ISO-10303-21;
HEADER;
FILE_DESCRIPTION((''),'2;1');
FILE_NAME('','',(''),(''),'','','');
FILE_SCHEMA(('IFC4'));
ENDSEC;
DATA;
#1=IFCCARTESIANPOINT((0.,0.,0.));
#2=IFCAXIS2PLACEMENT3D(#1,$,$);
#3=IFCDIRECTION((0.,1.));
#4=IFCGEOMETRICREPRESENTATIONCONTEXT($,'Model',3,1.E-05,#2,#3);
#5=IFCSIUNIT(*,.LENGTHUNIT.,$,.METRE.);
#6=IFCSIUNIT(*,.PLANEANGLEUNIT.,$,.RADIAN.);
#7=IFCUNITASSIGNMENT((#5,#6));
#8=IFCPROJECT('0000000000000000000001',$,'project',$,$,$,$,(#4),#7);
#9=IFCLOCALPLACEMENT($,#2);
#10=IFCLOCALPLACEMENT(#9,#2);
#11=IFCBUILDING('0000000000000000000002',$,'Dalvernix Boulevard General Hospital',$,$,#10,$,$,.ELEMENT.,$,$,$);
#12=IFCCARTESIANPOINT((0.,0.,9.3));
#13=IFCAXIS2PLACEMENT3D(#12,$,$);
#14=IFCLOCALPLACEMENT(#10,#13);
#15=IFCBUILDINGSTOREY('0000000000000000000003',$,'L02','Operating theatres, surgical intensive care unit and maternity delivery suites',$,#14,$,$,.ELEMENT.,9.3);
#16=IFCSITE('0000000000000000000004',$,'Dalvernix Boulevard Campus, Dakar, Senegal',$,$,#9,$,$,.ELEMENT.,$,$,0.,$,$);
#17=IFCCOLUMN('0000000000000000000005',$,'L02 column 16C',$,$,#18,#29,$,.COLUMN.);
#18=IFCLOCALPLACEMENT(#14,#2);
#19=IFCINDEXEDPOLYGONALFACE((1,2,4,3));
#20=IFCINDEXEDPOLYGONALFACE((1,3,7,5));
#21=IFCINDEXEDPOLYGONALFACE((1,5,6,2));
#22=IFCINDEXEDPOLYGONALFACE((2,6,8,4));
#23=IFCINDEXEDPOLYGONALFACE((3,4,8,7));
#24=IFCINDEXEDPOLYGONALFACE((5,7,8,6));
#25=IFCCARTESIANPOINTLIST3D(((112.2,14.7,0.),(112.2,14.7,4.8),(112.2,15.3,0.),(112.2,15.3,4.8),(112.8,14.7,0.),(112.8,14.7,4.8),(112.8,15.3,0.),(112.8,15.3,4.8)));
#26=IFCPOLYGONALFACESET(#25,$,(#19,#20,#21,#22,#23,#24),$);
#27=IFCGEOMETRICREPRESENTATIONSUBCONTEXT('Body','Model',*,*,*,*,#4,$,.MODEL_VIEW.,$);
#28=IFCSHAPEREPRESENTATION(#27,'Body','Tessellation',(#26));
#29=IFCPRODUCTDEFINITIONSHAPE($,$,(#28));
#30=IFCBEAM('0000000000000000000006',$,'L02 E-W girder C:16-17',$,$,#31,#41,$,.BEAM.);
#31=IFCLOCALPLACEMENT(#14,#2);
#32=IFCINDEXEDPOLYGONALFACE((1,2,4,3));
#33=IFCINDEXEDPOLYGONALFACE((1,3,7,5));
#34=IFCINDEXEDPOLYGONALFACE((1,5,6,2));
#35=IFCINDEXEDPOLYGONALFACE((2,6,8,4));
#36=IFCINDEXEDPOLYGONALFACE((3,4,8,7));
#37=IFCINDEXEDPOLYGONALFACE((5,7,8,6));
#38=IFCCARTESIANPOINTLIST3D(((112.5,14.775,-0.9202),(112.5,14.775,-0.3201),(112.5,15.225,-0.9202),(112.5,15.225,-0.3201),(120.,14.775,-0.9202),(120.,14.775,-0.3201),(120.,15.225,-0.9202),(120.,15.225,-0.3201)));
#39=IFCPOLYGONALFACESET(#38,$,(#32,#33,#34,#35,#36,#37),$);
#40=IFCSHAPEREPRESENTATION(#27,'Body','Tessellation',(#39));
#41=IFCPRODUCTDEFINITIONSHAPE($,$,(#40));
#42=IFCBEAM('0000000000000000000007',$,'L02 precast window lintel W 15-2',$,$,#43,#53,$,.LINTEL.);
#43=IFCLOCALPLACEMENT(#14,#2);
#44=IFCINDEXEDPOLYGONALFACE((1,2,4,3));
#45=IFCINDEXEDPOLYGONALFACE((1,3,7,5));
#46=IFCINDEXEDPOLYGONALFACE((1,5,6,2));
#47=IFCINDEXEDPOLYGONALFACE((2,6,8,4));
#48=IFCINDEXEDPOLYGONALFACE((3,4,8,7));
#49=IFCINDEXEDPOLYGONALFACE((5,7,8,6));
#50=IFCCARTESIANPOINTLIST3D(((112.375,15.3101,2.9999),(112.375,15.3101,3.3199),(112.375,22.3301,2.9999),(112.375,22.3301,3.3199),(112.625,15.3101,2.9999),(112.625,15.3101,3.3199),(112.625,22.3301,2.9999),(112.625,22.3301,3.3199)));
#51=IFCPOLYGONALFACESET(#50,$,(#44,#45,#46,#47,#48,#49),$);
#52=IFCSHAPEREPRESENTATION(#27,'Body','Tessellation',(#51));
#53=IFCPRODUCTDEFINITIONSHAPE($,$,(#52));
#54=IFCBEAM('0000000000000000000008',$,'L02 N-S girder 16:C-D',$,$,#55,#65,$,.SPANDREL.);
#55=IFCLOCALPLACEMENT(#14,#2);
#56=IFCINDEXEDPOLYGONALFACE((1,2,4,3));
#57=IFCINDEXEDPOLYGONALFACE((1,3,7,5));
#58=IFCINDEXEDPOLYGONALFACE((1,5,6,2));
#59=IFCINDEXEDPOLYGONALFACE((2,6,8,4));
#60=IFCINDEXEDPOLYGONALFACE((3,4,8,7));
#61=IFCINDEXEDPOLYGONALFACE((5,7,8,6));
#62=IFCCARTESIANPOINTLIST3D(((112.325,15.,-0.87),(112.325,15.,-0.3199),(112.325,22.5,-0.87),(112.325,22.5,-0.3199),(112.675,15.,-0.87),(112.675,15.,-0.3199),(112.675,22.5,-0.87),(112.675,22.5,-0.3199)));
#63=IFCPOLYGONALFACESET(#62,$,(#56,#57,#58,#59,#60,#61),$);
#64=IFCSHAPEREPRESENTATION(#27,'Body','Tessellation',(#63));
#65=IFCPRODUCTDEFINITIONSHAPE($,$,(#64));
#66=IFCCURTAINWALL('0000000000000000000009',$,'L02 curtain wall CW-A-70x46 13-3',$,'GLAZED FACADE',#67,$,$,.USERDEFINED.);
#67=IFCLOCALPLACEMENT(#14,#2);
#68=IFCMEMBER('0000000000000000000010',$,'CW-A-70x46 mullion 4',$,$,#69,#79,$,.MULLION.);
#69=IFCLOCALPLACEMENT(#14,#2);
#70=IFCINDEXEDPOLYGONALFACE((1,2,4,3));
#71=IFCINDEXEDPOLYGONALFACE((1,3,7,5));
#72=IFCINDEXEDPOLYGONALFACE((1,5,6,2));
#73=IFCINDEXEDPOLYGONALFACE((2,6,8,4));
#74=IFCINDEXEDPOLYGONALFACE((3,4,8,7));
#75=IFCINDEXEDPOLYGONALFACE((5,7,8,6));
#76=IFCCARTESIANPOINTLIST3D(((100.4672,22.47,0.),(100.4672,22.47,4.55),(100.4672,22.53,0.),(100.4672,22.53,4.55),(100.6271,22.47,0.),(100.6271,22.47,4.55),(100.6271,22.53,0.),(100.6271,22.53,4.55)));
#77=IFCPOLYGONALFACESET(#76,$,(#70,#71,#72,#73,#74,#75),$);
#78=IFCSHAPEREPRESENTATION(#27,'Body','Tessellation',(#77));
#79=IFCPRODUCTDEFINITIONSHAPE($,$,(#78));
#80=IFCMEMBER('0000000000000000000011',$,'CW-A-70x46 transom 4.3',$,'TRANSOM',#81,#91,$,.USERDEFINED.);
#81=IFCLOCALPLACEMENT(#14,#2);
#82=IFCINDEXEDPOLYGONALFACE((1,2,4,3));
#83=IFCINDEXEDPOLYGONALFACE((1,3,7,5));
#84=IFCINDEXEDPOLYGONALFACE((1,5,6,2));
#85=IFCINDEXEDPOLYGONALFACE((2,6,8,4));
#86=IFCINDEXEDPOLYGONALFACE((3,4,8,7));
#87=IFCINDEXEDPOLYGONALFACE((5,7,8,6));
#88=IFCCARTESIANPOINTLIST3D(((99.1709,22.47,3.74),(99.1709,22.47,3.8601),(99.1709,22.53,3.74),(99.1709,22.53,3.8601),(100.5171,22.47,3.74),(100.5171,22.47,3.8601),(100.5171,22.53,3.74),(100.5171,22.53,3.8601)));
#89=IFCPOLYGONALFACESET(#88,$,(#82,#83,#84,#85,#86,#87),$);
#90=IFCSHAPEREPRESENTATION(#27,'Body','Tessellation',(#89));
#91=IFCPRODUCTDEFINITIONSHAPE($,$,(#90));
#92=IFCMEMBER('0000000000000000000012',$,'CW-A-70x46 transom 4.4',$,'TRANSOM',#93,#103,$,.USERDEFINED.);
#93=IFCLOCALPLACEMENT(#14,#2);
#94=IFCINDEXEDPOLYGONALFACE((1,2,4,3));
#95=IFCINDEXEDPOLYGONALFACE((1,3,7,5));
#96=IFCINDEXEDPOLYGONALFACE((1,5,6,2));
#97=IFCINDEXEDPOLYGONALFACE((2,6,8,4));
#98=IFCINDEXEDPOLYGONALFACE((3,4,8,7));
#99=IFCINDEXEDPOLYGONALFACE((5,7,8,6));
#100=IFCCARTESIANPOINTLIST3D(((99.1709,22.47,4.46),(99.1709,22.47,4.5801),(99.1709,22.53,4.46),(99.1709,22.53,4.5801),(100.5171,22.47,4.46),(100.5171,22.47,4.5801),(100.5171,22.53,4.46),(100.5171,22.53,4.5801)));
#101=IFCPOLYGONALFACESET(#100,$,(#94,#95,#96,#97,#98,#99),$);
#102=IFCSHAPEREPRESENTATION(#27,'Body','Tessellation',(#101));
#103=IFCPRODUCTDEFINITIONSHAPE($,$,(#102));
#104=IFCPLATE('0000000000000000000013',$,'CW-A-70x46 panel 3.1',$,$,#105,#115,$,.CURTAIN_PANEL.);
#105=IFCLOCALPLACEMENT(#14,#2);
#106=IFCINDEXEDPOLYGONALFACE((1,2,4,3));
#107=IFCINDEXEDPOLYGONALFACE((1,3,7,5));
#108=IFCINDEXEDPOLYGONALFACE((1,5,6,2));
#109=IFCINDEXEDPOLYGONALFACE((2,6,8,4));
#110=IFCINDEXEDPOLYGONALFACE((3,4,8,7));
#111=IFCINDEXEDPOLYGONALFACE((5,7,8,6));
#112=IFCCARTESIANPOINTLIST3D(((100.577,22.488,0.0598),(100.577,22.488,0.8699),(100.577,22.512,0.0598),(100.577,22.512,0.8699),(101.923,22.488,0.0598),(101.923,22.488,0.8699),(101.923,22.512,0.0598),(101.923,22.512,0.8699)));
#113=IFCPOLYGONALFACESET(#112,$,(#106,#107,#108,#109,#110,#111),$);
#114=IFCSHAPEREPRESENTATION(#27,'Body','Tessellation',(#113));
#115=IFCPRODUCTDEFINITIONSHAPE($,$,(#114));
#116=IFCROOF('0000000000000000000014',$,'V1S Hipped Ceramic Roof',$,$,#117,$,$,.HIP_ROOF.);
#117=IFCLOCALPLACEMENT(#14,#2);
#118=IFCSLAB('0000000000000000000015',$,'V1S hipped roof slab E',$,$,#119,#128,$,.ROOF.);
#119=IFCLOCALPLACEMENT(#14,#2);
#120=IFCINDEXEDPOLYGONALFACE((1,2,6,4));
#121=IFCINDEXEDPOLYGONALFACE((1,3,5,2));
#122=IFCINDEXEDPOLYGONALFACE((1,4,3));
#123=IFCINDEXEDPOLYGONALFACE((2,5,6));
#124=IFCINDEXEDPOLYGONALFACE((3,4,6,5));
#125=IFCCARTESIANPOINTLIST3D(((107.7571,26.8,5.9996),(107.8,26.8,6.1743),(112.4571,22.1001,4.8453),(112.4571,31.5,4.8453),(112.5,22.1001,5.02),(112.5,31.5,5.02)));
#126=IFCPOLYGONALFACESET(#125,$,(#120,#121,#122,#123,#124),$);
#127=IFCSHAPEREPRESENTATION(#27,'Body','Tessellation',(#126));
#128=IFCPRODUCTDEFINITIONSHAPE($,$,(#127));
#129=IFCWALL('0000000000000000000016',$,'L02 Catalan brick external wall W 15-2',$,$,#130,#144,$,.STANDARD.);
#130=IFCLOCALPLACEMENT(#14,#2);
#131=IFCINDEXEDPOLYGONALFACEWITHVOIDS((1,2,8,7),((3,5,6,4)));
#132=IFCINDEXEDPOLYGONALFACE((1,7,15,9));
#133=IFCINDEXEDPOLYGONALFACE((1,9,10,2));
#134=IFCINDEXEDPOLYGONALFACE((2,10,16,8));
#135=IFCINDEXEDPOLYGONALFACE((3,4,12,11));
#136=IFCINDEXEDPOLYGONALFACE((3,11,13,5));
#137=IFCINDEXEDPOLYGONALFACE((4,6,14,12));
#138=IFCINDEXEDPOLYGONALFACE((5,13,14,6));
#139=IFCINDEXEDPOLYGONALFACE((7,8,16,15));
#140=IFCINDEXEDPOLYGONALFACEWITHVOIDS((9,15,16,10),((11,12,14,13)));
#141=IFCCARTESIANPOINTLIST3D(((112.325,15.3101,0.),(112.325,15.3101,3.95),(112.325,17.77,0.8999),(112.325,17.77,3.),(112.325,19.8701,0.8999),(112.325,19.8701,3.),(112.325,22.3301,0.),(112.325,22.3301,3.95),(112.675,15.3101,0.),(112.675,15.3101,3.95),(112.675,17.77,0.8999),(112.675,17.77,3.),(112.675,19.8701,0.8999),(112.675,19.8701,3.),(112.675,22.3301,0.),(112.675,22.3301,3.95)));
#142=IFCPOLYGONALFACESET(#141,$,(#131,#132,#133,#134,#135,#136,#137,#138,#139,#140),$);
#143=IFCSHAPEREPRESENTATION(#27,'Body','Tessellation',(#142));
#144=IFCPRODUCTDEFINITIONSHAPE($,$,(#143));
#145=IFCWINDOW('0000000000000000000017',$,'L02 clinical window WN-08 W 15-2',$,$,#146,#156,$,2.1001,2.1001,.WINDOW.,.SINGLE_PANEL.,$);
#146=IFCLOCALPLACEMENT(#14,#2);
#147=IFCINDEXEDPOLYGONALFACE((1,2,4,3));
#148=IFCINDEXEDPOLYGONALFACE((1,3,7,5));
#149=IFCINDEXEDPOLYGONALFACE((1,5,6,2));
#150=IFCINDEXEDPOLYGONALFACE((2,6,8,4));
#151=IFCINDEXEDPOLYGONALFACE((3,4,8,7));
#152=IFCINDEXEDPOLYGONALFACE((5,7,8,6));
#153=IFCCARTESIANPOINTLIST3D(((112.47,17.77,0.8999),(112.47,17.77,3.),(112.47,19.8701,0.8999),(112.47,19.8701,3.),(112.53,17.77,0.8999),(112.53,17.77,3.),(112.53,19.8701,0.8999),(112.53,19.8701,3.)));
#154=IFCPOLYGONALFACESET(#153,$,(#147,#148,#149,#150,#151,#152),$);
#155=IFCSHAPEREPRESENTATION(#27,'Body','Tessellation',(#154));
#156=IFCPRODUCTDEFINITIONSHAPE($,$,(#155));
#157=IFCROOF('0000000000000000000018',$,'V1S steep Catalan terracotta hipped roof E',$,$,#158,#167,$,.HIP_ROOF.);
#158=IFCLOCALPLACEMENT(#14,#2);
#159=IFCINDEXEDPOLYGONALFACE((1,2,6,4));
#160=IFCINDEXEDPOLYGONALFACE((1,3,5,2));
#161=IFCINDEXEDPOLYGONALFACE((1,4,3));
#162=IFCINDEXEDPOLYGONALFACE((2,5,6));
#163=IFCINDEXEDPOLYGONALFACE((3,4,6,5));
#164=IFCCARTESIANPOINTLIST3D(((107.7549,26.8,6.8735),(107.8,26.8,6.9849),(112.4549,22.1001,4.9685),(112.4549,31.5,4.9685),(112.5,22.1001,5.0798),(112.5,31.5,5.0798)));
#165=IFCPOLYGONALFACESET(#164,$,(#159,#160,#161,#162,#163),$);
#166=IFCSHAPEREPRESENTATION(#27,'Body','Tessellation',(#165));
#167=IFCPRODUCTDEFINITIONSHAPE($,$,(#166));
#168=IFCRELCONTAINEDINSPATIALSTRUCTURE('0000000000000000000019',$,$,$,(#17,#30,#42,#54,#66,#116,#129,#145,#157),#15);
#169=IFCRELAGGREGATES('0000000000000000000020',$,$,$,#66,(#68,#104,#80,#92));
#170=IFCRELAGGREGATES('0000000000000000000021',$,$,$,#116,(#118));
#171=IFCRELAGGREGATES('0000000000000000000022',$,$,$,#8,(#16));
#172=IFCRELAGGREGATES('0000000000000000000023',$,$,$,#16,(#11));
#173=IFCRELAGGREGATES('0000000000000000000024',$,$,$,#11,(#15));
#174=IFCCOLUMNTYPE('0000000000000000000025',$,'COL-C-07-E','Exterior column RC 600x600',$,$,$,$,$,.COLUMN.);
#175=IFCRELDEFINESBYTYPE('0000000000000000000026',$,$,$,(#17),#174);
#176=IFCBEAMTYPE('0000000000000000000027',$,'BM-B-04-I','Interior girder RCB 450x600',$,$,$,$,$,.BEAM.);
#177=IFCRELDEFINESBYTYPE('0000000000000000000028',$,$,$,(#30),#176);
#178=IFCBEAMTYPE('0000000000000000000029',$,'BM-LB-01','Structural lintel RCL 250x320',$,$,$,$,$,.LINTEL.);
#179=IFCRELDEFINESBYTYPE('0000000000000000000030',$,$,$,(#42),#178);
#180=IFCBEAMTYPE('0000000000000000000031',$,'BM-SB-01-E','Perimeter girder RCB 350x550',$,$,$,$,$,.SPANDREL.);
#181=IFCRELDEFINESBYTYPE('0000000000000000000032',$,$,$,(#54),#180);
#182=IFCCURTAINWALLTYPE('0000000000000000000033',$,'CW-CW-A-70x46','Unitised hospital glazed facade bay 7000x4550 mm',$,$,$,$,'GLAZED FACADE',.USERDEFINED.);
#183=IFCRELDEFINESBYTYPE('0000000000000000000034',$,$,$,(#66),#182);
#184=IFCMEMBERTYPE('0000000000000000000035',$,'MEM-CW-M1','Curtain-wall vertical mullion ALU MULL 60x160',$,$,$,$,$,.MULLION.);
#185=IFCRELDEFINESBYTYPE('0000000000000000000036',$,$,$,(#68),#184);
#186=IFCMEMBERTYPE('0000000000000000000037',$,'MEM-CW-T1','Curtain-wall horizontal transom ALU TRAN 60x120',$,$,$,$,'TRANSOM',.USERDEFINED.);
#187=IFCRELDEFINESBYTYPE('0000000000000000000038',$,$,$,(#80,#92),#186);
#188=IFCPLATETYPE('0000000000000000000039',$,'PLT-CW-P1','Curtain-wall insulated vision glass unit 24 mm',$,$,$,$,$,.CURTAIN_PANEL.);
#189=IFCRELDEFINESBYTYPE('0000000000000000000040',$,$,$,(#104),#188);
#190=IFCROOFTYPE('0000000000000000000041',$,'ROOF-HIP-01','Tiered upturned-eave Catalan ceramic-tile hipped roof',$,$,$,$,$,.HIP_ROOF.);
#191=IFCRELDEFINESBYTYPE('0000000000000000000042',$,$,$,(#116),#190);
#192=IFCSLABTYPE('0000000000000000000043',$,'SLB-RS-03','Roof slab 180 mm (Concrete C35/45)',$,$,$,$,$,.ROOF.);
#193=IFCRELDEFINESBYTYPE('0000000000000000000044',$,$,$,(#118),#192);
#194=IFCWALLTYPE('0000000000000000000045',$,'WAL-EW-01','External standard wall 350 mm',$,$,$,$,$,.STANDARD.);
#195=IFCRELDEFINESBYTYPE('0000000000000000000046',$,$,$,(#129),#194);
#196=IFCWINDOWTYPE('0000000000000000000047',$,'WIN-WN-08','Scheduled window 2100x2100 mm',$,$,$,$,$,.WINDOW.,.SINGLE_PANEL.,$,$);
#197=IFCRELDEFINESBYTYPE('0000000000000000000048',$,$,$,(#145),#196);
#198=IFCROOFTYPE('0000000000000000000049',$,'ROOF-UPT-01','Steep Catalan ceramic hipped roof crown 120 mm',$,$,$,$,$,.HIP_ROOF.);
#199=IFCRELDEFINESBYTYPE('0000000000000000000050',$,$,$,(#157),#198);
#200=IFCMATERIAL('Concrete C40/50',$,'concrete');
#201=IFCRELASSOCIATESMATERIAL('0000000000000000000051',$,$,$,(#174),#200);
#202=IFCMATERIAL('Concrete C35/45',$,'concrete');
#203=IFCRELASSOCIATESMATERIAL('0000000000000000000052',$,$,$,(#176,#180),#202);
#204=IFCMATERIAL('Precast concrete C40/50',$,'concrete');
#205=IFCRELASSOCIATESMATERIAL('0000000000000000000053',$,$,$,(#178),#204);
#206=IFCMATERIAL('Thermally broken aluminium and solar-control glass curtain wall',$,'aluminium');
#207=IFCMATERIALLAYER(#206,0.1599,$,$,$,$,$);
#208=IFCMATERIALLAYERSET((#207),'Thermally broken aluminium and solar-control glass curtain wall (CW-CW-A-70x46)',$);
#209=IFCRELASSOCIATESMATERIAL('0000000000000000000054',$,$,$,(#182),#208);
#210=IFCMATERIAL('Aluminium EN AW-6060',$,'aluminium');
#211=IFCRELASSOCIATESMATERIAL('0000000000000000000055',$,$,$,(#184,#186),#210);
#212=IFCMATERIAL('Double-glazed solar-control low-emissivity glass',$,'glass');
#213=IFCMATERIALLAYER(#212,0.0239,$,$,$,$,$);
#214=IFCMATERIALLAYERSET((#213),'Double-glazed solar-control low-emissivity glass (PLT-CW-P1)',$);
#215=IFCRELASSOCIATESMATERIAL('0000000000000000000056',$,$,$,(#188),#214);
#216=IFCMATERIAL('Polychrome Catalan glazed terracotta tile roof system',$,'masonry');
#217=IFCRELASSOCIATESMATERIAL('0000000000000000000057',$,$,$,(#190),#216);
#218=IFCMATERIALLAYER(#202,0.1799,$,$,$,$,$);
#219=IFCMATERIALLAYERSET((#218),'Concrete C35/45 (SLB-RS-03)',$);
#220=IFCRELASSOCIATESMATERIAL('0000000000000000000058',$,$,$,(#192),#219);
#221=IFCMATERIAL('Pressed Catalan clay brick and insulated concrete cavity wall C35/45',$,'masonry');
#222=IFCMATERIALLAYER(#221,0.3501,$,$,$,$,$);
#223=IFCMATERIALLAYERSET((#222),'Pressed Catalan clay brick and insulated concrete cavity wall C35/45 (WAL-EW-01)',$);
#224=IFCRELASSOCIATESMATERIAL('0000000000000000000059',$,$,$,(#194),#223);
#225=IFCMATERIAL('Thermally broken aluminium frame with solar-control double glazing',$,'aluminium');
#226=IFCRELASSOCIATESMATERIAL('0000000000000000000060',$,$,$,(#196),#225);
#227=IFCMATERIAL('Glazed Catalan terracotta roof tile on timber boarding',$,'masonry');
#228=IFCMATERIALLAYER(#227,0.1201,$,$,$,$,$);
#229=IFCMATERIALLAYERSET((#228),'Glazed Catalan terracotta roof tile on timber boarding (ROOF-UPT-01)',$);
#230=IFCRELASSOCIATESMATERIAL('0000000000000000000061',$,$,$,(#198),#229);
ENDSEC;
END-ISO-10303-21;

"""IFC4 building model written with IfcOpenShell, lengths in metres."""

from ifc_helpers import new_model, si_unit, direction, frame, frame_2d, origin, origin_2d, place, context, subcontext, project, spatial, polyline, rectangle, outline, extrude, material, layer, layer_set, material_profile, profile_set, type_object, element, fill, aggregate, save


model = new_model("IFC4")

# Units and contexts
model_context = context("Model", 3, precision=1e-05, world=origin(), true_north=direction((0.0, 1.0)))
body_context = subcontext(model_context, "Body", "Model", "MODEL_VIEW")
ifc_project = project(units=[si_unit("LENGTHUNIT", "METRE"), si_unit("PLANEANGLEUNIT", "RADIAN")], contexts=[model_context])

# Site, building, storey
site_placement = place(None, origin())
site = spatial("IfcSite", under=ifc_project, at=site_placement, Name="Dalvernix Boulevard Campus, Dakar, Senegal", CompositionType="ELEMENT", RefElevation=0.0)
building_placement = place(site_placement, origin())
building = spatial("IfcBuilding", under=site, at=building_placement, Name="Dalvernix Boulevard General Hospital", CompositionType="ELEMENT")
storey_placement = place(building_placement, frame((0.0, 0.0, 9.3)))
storey = spatial("IfcBuildingStorey", under=building, at=storey_placement, Name="L02", Description="Operating theatres, surgical intensive care unit and maternity delivery suites", CompositionType="ELEMENT", Elevation=9.3)

# Column
ifc_material_1 = material(Name="Concrete C40/50", Category="concrete")
ifc_material_profile_1 = material_profile(ifc_material_1, rectangle(XDim=0.6001, YDim=0.6001, at=origin_2d()), Name="RC 600x600")
ifc_profile_set_1 = profile_set([ifc_material_profile_1], Name="Concrete C40/50")
column_type = type_object("IfcColumnType", Name="COL-C-07-E", Description="Exterior column RC 600x600", PredefinedType="COLUMN", material=ifc_profile_set_1)
column_placement = place(storey_placement, frame((112.5, 15.0, 0.0), z_axis=(0.0, 0.0, 1.0), x_axis=(1.0, 0.0, 0.0)))
element("IfcColumn", 1, at=column_placement, inside=storey, type_object=column_type, Name="L02 column 16C", PredefinedType="COLUMN", context=body_context, shape_type="SweptSolid", body=[
    extrude(rectangle(XDim=0.6001, YDim=0.6001, at=origin_2d()), origin(), (0.0, 0.0, 1.0), 4.8),
])

# Beams
ifc_material_2 = material(Name="Concrete C35/45", Category="concrete")
ifc_material_profile_2 = material_profile(ifc_material_2, rectangle(XDim=0.45, YDim=0.6001, at=origin_2d()), Name="RCB 450x600")
ifc_profile_set_2 = profile_set([ifc_material_profile_2], Name="Concrete C35/45")
beam_type_1 = type_object("IfcBeamType", Name="BM-B-04-I", Description="Interior girder RCB 450x600", PredefinedType="BEAM", material=ifc_profile_set_2)
beam_1_placement = place(storey_placement, frame((112.5, 15.0, -0.6201), z_axis=(1.0, 0.0, 0.0), x_axis=(0.0, 1.0, 0.0)))
element("IfcBeam", 2, at=beam_1_placement, inside=storey, type_object=beam_type_1, Name="L02 E-W girder C:16-17", PredefinedType="BEAM", context=body_context, shape_type="SweptSolid", body=[
    extrude(rectangle(XDim=0.45, YDim=0.6001, at=origin_2d()), origin(), (0.0, 0.0, 1.0), 7.5),
])
ifc_material_3 = material(Name="Precast concrete C40/50", Category="concrete")
ifc_material_profile_3 = material_profile(ifc_material_3, rectangle(XDim=0.25, YDim=0.3201, at=origin_2d()), Name="RCL 250x320")
ifc_profile_set_3 = profile_set([ifc_material_profile_3], Name="Precast concrete C40/50")
beam_type_2 = type_object("IfcBeamType", Name="BM-LB-01", Description="Structural lintel RCL 250x320", PredefinedType="LINTEL", material=ifc_profile_set_3)
beam_2_placement = place(storey_placement, frame((112.5, 15.3101, 3.1599), z_axis=(0.0, 1.0, 0.0), x_axis=(-1.0, 0.0, 0.0)))
element("IfcBeam", 3, at=beam_2_placement, inside=storey, type_object=beam_type_2, Name="L02 precast window lintel W 15-2", PredefinedType="LINTEL", context=body_context, shape_type="SweptSolid", body=[
    extrude(rectangle(XDim=0.25, YDim=0.3201, at=origin_2d()), origin(), (0.0, 0.0, 1.0), 7.02),
])
ifc_material_profile_4 = material_profile(ifc_material_2, rectangle(XDim=0.3501, YDim=0.55, at=origin_2d()), Name="RCB 350x550")
ifc_profile_set_4 = profile_set([ifc_material_profile_4], Name="Concrete C35/45")
beam_type_3 = type_object("IfcBeamType", Name="BM-SB-01-E", Description="Perimeter girder RCB 350x550", PredefinedType="SPANDREL", material=ifc_profile_set_4)
beam_3_placement = place(storey_placement, frame((112.5, 15.0, -0.595), z_axis=(0.0, 1.0, 0.0), x_axis=(-1.0, 0.0, 0.0)))
element("IfcBeam", 4, at=beam_3_placement, inside=storey, type_object=beam_type_3, Name="L02 N-S girder 16:C-D", PredefinedType="SPANDREL", context=body_context, shape_type="SweptSolid", body=[
    extrude(rectangle(XDim=0.3501, YDim=0.55, at=origin_2d()), origin(), (0.0, 0.0, 1.0), 7.5),
])

# Curtain wall, members, plate
ifc_material_4 = material(Name="Thermally broken aluminium and solar-control glass curtain wall", Category="aluminium")
ifc_layer_1 = layer(ifc_material_4, 0.1599)
ifc_layer_set_1 = layer_set([ifc_layer_1], Name="Thermally broken aluminium and solar-control glass curtain wall (CW-CW-A-70x46)")
curtain_wall_type = type_object("IfcCurtainWallType", Name="CW-CW-A-70x46", Description="Unitised hospital glazed facade bay 7000x4550 mm", ElementType="GLAZED FACADE", PredefinedType="USERDEFINED", material=ifc_layer_set_1)
curtain_wall_placement = place(storey_placement, origin())
curtain_wall = element("IfcCurtainWall", 5, at=curtain_wall_placement, inside=storey, type_object=curtain_wall_type, Name="L02 curtain wall CW-A-70x46 13-3", ObjectType="GLAZED FACADE", PredefinedType="USERDEFINED")
ifc_material_5 = material(Name="Aluminium EN AW-6060", Category="aluminium")
ifc_material_profile_5 = material_profile(ifc_material_5, rectangle(XDim=0.0601, YDim=0.1599, at=origin_2d()), Name="ALU MULL 60x160")
ifc_profile_set_5 = profile_set([ifc_material_profile_5], Name="Aluminium EN AW-6060")
member_type_1 = type_object("IfcMemberType", Name="MEM-CW-M1", Description="Curtain-wall vertical mullion ALU MULL 60x160", PredefinedType="MULLION", material=ifc_profile_set_5)
member_1_placement = place(storey_placement, frame((100.5471, 22.5, 0.0), z_axis=(0.0, 0.0, 1.0), x_axis=(0.0, -1.0, 0.0)))
member_1 = element("IfcMember", 6, at=member_1_placement, type_object=member_type_1, Name="CW-A-70x46 mullion 4", PredefinedType="MULLION", context=body_context, shape_type="SweptSolid", body=[
    extrude(rectangle(XDim=0.0601, YDim=0.1599, at=origin_2d()), origin(), (0.0, 0.0, 1.0), 4.55),
])
ifc_material_profile_6 = material_profile(ifc_material_5, rectangle(XDim=0.0601, YDim=0.1201, at=origin_2d()), Name="ALU TRAN 60x120")
ifc_profile_set_6 = profile_set([ifc_material_profile_6], Name="Aluminium EN AW-6060")
member_type_2 = type_object("IfcMemberType", Name="MEM-CW-T1", Description="Curtain-wall horizontal transom ALU TRAN 60x120", ElementType="TRANSOM", PredefinedType="USERDEFINED", material=ifc_profile_set_6)
member_2_placement = place(storey_placement, frame((100.5171, 22.5, 3.8), z_axis=(-1.0, 0.0, 0.0), x_axis=(0.0, -1.0, 0.0)))
member_2 = element("IfcMember", 7, at=member_2_placement, type_object=member_type_2, Name="CW-A-70x46 transom 4.3", ObjectType="TRANSOM", PredefinedType="USERDEFINED", context=body_context, shape_type="SweptSolid", body=[
    extrude(rectangle(XDim=0.0601, YDim=0.1201, at=origin_2d()), origin(), (0.0, 0.0, 1.0), 1.3462),
])
member_3_placement = place(storey_placement, frame((100.5171, 22.5, 4.52), z_axis=(-1.0, 0.0, 0.0), x_axis=(0.0, -1.0, 0.0)))
member_3 = element("IfcMember", 8, at=member_3_placement, type_object=member_type_2, Name="CW-A-70x46 transom 4.4", ObjectType="TRANSOM", PredefinedType="USERDEFINED", context=body_context, shape_type="SweptSolid", body=[
    extrude(rectangle(XDim=0.0601, YDim=0.1201, at=origin_2d()), origin(), (0.0, 0.0, 1.0), 1.3462),
])
ifc_material_6 = material(Name="Double-glazed solar-control low-emissivity glass", Category="glass")
ifc_layer_2 = layer(ifc_material_6, 0.0239)
ifc_layer_set_2 = layer_set([ifc_layer_2], Name="Double-glazed solar-control low-emissivity glass (PLT-CW-P1)")
plate_type = type_object("IfcPlateType", Name="PLT-CW-P1", Description="Curtain-wall insulated vision glass unit 24 mm", PredefinedType="CURTAIN_PANEL", material=ifc_layer_set_2)
plate_placement = place(storey_placement, frame((101.25, 22.5, 0.0598), z_axis=(0.0, 0.0, 1.0), x_axis=(-1.0, 0.0, 0.0)))
plate = element("IfcPlate", 9, at=plate_placement, type_object=plate_type, Name="CW-A-70x46 panel 3.1", PredefinedType="CURTAIN_PANEL", context=body_context, shape_type="SweptSolid", body=[
    extrude(rectangle(XDim=1.3459, YDim=0.0239, at=origin_2d()), origin(), (0.0, 0.0, 1.0), 0.8101),
])
aggregate(curtain_wall, [member_1, plate, member_2, member_3])

# Roof, slab
ifc_material_7 = material(Name="Polychrome Catalan glazed terracotta tile roof system", Category="masonry")
roof_type_1 = type_object("IfcRoofType", Name="ROOF-HIP-01", Description="Tiered upturned-eave Catalan ceramic-tile hipped roof", PredefinedType="HIP_ROOF", material=ifc_material_7)
roof_1_placement = place(storey_placement, origin())
roof_1 = element("IfcRoof", 10, at=roof_1_placement, inside=storey, type_object=roof_type_1, Name="V1S Hipped Ceramic Roof", PredefinedType="HIP_ROOF")
ifc_layer_3 = layer(ifc_material_2, 0.1799)
ifc_layer_set_3 = layer_set([ifc_layer_3], Name="Concrete C35/45 (SLB-RS-03)")
slab_type = type_object("IfcSlabType", Name="SLB-RS-03", Description="Roof slab 180 mm (Concrete C35/45)", PredefinedType="ROOF", material=ifc_layer_set_3)
slab_placement = place(storey_placement, frame((112.5, 22.1001, 5.02), z_axis=(0.23851, 0.0, 0.97114), x_axis=(0.0, 1.0, 0.0)))
slab = element("IfcSlab", 11, at=slab_placement, type_object=slab_type, Name="V1S hipped roof slab E", PredefinedType="ROOF", context=body_context, shape_type="SweptSolid", body=[
    extrude(outline(polyline([(0.0, 0.0), (9.3999, 0.0), (4.7, 4.8396), (0.0, 0.0)])), origin(), (0.0, 0.0, -1.0), 0.1799),
])
aggregate(roof_1, [slab])

# Wall, opening, window
ifc_material_8 = material(Name="Pressed Catalan clay brick and insulated concrete cavity wall C35/45", Category="masonry")
ifc_layer_4 = layer(ifc_material_8, 0.3501)
ifc_layer_set_4 = layer_set([ifc_layer_4], Name="Pressed Catalan clay brick and insulated concrete cavity wall C35/45 (WAL-EW-01)")
wall_type = type_object("IfcWallType", Name="WAL-EW-01", Description="External standard wall 350 mm", PredefinedType="STANDARD", material=ifc_layer_set_4)
wall_placement = place(storey_placement, frame((112.5, 15.3101, 0.0), z_axis=(0.0, 0.0, 1.0), x_axis=(0.0, 1.0, 0.0)))
wall = element("IfcWall", 12, at=wall_placement, inside=storey, type_object=wall_type, Name="L02 Catalan brick external wall W 15-2", PredefinedType="STANDARD", context=body_context, shape_type="SweptSolid", body=[
    extrude(rectangle(XDim=7.02, YDim=0.3501, at=frame_2d((3.51, 0.0))), origin(), (0.0, 0.0, 1.0), 3.95),
])
opening_placement = place(wall_placement, frame((2.46, 0.0, 0.8999)))
opening = element("IfcOpeningElement", 13, at=opening_placement, cuts=wall, PredefinedType="OPENING", context=body_context, shape_type="SweptSolid", body=[
    extrude(rectangle(XDim=2.1001, YDim=2.1001, at=frame_2d((1.05, 1.05))), frame((0.0, 0.1851, 0.0), z_axis=(0.0, -1.0, 0.0), x_axis=(1.0, 0.0, 0.0)), (0.0, 0.0, 1.0), 0.3701),
])
ifc_material_9 = material(Name="Thermally broken aluminium frame with solar-control double glazing", Category="aluminium")
window_type = type_object("IfcWindowType", Name="WIN-WN-08", Description="Scheduled window 2100x2100 mm", PartitioningType="SINGLE_PANEL", PredefinedType="WINDOW", material=ifc_material_9)
window_placement = place(opening_placement, origin())
window = element("IfcWindow", 14, at=window_placement, inside=storey, type_object=window_type, Name="L02 clinical window WN-08 W 15-2", OverallHeight=2.1001, OverallWidth=2.1001, PartitioningType="SINGLE_PANEL", PredefinedType="WINDOW", context=body_context, shape_type="SweptSolid", body=[
    extrude(rectangle(XDim=2.1001, YDim=2.1001, at=frame_2d((1.05, 1.05))), frame((0.0, 0.03, 0.0), z_axis=(0.0, -1.0, 0.0), x_axis=(1.0, 0.0, 0.0)), (0.0, 0.0, 1.0), 0.0601),
])
fill(opening, window)

# Roof
ifc_material_10 = material(Name="Glazed Catalan terracotta roof tile on timber boarding", Category="masonry")
ifc_layer_5 = layer(ifc_material_10, 0.1201)
ifc_layer_set_5 = layer_set([ifc_layer_5], Name="Glazed Catalan terracotta roof tile on timber boarding (ROOF-UPT-01)")
roof_type_2 = type_object("IfcRoofType", Name="ROOF-UPT-01", Description="Steep Catalan ceramic hipped roof crown 120 mm", PredefinedType="HIP_ROOF", material=ifc_layer_set_5)
roof_2_placement = place(storey_placement, frame((112.5, 22.1001, 5.0798), z_axis=(0.375645, 0.0, 0.926764), x_axis=(0.0, 1.0, 0.0)))
element("IfcRoof", 15, at=roof_2_placement, inside=storey, type_object=roof_type_2, Name="V1S steep Catalan terracotta hipped roof E", PredefinedType="HIP_ROOF", context=body_context, shape_type="SweptSolid", body=[
    extrude(outline(polyline([(0.0, 0.0), (9.3999, 0.0), (4.7, 5.0714), (0.0, 0.0)])), origin(), (0.0, 0.0, -1.0), 0.1201),
])

save(model, "model.ifc")
